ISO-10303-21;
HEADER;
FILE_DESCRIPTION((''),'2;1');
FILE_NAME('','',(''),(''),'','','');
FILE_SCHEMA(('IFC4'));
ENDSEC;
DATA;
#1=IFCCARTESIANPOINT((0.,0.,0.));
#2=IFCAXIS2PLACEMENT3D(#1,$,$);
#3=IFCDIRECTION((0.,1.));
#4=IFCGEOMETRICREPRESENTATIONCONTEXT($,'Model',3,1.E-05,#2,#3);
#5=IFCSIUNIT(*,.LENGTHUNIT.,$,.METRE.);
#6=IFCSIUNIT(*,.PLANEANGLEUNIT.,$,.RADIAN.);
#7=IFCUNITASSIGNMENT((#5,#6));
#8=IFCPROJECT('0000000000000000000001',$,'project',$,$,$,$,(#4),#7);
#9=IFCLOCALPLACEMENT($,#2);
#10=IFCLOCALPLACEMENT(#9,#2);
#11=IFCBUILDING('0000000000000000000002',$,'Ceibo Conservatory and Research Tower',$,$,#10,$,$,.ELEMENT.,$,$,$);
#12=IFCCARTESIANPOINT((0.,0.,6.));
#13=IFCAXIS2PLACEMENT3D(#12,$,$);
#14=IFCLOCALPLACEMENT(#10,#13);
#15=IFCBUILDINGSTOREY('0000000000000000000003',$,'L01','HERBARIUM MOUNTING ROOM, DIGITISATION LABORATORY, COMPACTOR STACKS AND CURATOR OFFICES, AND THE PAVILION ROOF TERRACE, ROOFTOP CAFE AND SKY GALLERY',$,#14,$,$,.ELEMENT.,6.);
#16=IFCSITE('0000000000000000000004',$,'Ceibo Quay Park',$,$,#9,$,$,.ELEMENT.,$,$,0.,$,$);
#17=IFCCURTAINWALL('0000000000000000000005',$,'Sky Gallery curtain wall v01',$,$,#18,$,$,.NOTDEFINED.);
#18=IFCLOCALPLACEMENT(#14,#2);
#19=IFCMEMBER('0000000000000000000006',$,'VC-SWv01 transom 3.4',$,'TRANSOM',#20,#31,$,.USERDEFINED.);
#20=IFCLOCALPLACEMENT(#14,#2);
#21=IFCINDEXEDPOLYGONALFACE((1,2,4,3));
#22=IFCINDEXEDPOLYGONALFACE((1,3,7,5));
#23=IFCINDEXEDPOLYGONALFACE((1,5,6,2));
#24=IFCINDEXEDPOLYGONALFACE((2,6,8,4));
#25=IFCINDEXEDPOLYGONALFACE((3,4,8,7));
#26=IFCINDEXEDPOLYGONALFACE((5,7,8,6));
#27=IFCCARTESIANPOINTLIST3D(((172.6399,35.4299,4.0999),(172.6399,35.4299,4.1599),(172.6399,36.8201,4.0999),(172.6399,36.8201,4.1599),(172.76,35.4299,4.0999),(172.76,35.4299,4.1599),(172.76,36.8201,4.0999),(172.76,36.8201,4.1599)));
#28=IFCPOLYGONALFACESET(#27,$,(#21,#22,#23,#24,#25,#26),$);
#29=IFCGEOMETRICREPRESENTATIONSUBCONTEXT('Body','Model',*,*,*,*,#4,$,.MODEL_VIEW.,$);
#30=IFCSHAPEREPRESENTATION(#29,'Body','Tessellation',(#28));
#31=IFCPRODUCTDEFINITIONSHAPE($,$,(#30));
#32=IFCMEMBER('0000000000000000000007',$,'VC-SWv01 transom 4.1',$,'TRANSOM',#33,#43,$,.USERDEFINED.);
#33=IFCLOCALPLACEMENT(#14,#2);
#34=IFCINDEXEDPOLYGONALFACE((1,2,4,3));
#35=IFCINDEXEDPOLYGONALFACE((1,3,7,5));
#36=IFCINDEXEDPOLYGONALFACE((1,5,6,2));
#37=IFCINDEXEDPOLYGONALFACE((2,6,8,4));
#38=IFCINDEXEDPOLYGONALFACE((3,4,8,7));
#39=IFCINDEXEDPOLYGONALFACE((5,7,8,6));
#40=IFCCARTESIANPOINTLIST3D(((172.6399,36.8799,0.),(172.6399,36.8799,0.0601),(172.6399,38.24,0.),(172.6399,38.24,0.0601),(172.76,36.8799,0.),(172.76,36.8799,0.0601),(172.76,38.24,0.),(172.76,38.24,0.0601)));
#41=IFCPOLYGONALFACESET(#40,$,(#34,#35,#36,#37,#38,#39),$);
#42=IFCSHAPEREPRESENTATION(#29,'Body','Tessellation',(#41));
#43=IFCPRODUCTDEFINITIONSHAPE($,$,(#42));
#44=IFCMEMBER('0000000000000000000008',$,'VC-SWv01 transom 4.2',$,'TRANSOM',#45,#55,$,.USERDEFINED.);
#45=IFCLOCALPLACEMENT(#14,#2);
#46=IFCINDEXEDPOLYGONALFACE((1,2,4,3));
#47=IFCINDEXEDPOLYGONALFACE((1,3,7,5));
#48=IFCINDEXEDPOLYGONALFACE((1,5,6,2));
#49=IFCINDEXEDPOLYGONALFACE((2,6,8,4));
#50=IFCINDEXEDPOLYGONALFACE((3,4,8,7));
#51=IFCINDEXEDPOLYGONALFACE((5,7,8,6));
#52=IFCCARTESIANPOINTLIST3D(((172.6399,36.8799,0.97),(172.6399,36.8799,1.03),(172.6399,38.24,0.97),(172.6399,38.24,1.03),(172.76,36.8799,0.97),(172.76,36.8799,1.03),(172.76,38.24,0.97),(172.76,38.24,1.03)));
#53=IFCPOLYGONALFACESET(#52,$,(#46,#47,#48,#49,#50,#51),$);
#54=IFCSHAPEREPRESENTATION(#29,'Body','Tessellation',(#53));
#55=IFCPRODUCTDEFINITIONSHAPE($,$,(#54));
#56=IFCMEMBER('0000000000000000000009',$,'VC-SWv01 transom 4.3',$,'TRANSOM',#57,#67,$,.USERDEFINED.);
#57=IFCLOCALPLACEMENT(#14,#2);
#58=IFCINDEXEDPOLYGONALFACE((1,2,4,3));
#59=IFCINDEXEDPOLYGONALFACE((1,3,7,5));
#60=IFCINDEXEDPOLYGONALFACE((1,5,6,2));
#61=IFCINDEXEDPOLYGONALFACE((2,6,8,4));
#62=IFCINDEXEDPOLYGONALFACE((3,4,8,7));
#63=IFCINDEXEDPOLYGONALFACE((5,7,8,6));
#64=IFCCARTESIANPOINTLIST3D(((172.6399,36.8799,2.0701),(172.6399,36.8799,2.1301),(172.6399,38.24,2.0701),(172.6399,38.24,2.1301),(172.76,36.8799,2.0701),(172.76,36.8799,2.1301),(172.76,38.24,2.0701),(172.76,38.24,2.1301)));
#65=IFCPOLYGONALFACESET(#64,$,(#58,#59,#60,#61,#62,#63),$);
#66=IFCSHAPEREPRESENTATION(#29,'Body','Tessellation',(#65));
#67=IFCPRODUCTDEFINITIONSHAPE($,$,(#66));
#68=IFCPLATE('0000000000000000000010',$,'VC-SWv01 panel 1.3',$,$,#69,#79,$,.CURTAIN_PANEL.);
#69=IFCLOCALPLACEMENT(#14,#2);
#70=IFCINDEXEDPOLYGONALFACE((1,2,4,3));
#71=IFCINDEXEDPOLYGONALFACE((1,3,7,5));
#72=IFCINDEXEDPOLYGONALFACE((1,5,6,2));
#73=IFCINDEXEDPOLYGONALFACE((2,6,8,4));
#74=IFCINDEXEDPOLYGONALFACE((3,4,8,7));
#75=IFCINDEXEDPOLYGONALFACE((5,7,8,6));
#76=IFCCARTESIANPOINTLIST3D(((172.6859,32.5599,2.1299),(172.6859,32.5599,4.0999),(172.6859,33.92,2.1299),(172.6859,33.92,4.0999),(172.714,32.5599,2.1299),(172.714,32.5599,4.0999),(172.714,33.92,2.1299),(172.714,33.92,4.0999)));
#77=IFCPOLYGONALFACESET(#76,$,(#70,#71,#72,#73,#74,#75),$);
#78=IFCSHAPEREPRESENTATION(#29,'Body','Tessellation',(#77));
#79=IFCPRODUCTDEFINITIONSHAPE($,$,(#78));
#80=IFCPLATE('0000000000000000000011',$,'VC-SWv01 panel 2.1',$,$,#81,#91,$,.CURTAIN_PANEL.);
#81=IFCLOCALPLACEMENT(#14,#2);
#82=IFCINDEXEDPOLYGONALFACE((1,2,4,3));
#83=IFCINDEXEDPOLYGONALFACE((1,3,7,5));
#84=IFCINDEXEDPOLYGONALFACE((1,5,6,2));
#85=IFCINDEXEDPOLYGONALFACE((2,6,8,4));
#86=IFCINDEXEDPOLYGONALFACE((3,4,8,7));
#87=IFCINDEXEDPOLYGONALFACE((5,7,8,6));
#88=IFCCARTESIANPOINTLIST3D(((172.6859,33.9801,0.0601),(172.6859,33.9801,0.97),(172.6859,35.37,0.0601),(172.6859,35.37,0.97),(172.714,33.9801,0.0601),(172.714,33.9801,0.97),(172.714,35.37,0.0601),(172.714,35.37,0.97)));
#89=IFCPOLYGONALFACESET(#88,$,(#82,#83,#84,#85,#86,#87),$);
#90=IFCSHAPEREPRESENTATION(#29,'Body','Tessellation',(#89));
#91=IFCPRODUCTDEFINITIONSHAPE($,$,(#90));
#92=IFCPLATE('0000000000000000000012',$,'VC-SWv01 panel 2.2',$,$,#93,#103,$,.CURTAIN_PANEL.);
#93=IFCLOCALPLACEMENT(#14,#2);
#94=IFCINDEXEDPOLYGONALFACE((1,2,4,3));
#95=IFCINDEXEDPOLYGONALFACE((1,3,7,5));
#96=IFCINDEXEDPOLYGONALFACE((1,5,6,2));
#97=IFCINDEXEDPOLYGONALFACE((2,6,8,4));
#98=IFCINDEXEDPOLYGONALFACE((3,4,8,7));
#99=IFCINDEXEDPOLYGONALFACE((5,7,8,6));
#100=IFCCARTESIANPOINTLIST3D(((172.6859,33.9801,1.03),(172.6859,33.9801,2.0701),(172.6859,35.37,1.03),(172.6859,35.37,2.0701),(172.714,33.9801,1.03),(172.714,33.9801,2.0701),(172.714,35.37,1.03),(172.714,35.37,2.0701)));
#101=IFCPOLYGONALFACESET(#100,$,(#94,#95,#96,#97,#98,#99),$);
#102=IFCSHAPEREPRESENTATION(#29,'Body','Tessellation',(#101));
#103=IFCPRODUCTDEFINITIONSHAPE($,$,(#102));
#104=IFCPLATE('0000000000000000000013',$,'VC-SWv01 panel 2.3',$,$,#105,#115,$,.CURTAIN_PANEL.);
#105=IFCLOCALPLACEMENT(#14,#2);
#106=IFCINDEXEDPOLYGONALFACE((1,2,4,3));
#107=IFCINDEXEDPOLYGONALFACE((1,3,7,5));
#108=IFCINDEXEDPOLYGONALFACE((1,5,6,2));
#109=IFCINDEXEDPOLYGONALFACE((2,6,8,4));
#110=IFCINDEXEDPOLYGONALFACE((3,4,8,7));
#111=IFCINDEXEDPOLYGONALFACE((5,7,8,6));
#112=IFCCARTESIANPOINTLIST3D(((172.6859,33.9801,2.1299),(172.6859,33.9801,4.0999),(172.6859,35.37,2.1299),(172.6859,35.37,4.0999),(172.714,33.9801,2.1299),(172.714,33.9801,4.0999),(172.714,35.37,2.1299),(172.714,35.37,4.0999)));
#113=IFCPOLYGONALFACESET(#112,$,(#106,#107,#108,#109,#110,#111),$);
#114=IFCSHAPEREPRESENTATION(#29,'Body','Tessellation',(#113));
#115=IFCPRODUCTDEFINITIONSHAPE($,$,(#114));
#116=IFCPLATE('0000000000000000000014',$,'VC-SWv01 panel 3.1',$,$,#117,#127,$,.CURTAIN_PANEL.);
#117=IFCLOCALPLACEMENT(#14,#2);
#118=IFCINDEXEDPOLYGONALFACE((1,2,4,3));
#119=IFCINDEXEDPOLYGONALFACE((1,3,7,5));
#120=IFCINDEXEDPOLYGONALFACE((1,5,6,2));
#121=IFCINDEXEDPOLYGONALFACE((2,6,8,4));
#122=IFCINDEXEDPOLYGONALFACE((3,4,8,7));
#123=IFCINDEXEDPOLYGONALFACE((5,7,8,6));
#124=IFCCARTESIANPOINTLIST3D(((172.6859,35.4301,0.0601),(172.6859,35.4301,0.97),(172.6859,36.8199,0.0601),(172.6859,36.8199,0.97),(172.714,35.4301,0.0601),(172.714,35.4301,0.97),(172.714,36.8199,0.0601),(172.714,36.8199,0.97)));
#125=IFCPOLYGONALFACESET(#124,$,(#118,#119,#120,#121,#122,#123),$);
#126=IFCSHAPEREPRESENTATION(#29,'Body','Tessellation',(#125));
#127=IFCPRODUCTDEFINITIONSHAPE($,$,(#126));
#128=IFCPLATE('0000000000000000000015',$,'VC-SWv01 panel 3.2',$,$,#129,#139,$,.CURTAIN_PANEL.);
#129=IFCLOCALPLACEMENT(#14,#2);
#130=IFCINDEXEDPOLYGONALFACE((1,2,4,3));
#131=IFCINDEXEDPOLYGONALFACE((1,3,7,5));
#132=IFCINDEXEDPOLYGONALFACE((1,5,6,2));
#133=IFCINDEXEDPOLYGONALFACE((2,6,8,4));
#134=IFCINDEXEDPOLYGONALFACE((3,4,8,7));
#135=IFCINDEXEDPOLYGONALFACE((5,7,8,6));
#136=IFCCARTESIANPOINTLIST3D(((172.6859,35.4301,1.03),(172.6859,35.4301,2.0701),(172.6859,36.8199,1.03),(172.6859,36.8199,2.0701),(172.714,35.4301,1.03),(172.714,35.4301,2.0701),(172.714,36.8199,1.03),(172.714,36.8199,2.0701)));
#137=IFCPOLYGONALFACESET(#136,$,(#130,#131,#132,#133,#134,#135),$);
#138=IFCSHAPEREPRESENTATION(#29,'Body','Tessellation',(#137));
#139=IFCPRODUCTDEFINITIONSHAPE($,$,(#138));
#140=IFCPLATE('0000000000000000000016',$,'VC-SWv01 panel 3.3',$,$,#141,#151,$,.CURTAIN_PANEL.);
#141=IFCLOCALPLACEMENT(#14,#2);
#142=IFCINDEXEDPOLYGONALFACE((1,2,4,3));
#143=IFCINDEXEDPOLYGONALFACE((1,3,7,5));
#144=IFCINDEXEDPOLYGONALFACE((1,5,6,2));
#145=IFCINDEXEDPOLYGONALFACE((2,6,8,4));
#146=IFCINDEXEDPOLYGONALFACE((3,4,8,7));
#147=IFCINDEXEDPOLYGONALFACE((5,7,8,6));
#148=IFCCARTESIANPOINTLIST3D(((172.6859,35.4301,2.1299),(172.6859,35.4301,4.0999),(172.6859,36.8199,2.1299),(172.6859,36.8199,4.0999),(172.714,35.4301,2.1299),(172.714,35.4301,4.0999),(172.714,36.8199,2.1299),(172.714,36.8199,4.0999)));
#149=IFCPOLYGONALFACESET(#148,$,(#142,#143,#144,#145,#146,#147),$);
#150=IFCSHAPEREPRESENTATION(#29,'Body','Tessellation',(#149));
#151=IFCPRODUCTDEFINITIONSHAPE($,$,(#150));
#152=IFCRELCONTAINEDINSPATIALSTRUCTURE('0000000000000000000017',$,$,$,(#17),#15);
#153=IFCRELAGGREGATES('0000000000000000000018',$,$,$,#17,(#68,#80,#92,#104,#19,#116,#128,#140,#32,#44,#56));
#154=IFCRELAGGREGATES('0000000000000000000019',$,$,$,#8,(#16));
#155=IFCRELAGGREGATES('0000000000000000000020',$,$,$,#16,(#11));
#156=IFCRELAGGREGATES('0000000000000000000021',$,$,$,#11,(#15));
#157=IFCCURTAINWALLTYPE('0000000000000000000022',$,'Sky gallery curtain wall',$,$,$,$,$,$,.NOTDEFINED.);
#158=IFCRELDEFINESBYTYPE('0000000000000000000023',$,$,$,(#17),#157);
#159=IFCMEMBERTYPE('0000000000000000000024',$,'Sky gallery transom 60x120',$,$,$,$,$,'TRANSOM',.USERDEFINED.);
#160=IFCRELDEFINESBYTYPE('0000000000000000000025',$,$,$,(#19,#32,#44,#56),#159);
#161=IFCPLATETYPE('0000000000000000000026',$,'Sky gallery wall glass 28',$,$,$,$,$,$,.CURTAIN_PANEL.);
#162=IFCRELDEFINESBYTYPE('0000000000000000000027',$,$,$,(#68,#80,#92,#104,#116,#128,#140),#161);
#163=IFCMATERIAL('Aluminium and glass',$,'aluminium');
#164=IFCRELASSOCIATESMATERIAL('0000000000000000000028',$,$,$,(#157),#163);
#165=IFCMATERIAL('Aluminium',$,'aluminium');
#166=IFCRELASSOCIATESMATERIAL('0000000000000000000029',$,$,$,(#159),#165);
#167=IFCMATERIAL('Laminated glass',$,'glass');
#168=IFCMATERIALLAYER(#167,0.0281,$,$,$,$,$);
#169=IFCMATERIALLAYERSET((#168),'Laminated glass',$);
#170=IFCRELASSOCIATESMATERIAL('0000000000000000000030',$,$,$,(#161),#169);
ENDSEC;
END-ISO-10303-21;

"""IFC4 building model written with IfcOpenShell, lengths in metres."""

from ifc_helpers import new_model, si_unit, direction, frame, origin, origin_2d, place, context, subcontext, project, spatial, rectangle, extrude, material, layer, layer_set, material_profile, profile_set, type_object, element, aggregate, save


model = new_model("IFC4")

# Units and contexts
model_context = context("Model", 3, precision=1e-05, world=origin(), true_north=direction((0.0, 1.0)))
body_context = subcontext(model_context, "Body", "Model", "MODEL_VIEW")
ifc_project = project(units=[si_unit("LENGTHUNIT", "METRE"), si_unit("PLANEANGLEUNIT", "RADIAN")], contexts=[model_context])

# Site, building, storey
site_placement = place(None, origin())
site = spatial("IfcSite", under=ifc_project, at=site_placement, Name="Ceibo Quay Park", CompositionType="ELEMENT", RefElevation=0.0)
building_placement = place(site_placement, origin())
building = spatial("IfcBuilding", under=site, at=building_placement, Name="Ceibo Conservatory and Research Tower", CompositionType="ELEMENT")
storey_placement = place(building_placement, frame((0.0, 0.0, 6.0)))
storey = spatial("IfcBuildingStorey", under=building, at=storey_placement, Name="L01", Description="HERBARIUM MOUNTING ROOM, DIGITISATION LABORATORY, COMPACTOR STACKS AND CURATOR OFFICES, AND THE PAVILION ROOF TERRACE, ROOFTOP CAFE AND SKY GALLERY", CompositionType="ELEMENT", Elevation=6.0)

# Curtain wall, members, plates
ifc_material_1 = material(Name="Aluminium and glass", Category="aluminium")
curtain_wall_type = type_object("IfcCurtainWallType", Name="Sky gallery curtain wall", PredefinedType="NOTDEFINED", material=ifc_material_1)
curtain_wall_placement = place(storey_placement, origin())
curtain_wall = element("IfcCurtainWall", 1, at=curtain_wall_placement, inside=storey, type_object=curtain_wall_type, Name="Sky Gallery curtain wall v01", PredefinedType="NOTDEFINED")
ifc_material_2 = material(Name="Aluminium", Category="aluminium")
ifc_material_profile_1 = material_profile(ifc_material_2, rectangle(XDim=0.1201, YDim=0.0601, at=origin_2d()), Name="AL 60x120")
ifc_profile_set_1 = profile_set([ifc_material_profile_1], Name="Aluminium")
member_type_1 = type_object("IfcMemberType", Name="Sky gallery transom 60x120", ElementType="TRANSOM", PredefinedType="USERDEFINED", material=ifc_profile_set_1)
member_1_placement = place(storey_placement, frame((172.7, 35.4299, 4.1299), z_axis=(0.0, 1.0, 0.0), x_axis=(-1.0, 0.0, 0.0)))
member_1 = element("IfcMember", 2, at=member_1_placement, type_object=member_type_1, Name="VC-SWv01 transom 3.4", ObjectType="TRANSOM", PredefinedType="USERDEFINED", context=body_context, shape_type="SweptSolid", body=[
    extrude(rectangle(XDim=0.1201, YDim=0.0601, at=origin_2d()), origin(), (0.0, 0.0, 1.0), 1.3901),
])
member_2_placement = place(storey_placement, frame((172.7, 36.8799, 0.03), z_axis=(0.0, 1.0, 0.0), x_axis=(-1.0, 0.0, 0.0)))
member_2 = element("IfcMember", 3, at=member_2_placement, type_object=member_type_1, Name="VC-SWv01 transom 4.1", ObjectType="TRANSOM", PredefinedType="USERDEFINED", context=body_context, shape_type="SweptSolid", body=[
    extrude(rectangle(XDim=0.1201, YDim=0.0601, at=origin_2d()), origin(), (0.0, 0.0, 1.0), 1.3601),
])
member_3_placement = place(storey_placement, frame((172.7, 36.8799, 1.0), z_axis=(0.0, 1.0, 0.0), x_axis=(-1.0, 0.0, 0.0)))
member_3 = element("IfcMember", 4, at=member_3_placement, type_object=member_type_1, Name="VC-SWv01 transom 4.2", ObjectType="TRANSOM", PredefinedType="USERDEFINED", context=body_context, shape_type="SweptSolid", body=[
    extrude(rectangle(XDim=0.1201, YDim=0.0601, at=origin_2d()), origin(), (0.0, 0.0, 1.0), 1.3601),
])
member_4_placement = place(storey_placement, frame((172.7, 36.8799, 2.1001), z_axis=(0.0, 1.0, 0.0), x_axis=(-1.0, 0.0, 0.0)))
member_4 = element("IfcMember", 5, at=member_4_placement, type_object=member_type_1, Name="VC-SWv01 transom 4.3", ObjectType="TRANSOM", PredefinedType="USERDEFINED", context=body_context, shape_type="SweptSolid", body=[
    extrude(rectangle(XDim=0.1201, YDim=0.0601, at=origin_2d()), origin(), (0.0, 0.0, 1.0), 1.3601),
])
ifc_material_3 = material(Name="Laminated glass", Category="glass")
ifc_layer = layer(ifc_material_3, 0.0281)
ifc_layer_set = layer_set([ifc_layer], Name="Laminated glass")
plate_type = type_object("IfcPlateType", Name="Sky gallery wall glass 28", PredefinedType="CURTAIN_PANEL", material=ifc_layer_set)
plate_1_placement = place(storey_placement, frame((172.7, 33.24, 2.1299), z_axis=(0.0, 0.0, 1.0), x_axis=(0.0, 1.0, 0.0)))
plate_1 = element("IfcPlate", 6, at=plate_1_placement, type_object=plate_type, Name="VC-SWv01 panel 1.3", PredefinedType="CURTAIN_PANEL", context=body_context, shape_type="SweptSolid", body=[
    extrude(rectangle(XDim=1.3601, YDim=0.0281, at=origin_2d()), origin(), (0.0, 0.0, 1.0), 1.97),
])
plate_2_placement = place(storey_placement, frame((172.7, 34.675, 0.0601), z_axis=(0.0, 0.0, 1.0), x_axis=(0.0, 1.0, 0.0)))
plate_2 = element("IfcPlate", 7, at=plate_2_placement, type_object=plate_type, Name="VC-SWv01 panel 2.1", PredefinedType="CURTAIN_PANEL", context=body_context, shape_type="SweptSolid", body=[
    extrude(rectangle(XDim=1.3899, YDim=0.0281, at=origin_2d()), origin(), (0.0, 0.0, 1.0), 0.9099),
])
plate_3_placement = place(storey_placement, frame((172.7, 34.675, 1.03), z_axis=(0.0, 0.0, 1.0), x_axis=(0.0, 1.0, 0.0)))
plate_3 = element("IfcPlate", 8, at=plate_3_placement, type_object=plate_type, Name="VC-SWv01 panel 2.2", PredefinedType="CURTAIN_PANEL", context=body_context, shape_type="SweptSolid", body=[
    extrude(rectangle(XDim=1.3899, YDim=0.0281, at=origin_2d()), origin(), (0.0, 0.0, 1.0), 1.04),
])
plate_4_placement = place(storey_placement, frame((172.7, 34.675, 2.1299), z_axis=(0.0, 0.0, 1.0), x_axis=(0.0, 1.0, 0.0)))
plate_4 = element("IfcPlate", 9, at=plate_4_placement, type_object=plate_type, Name="VC-SWv01 panel 2.3", PredefinedType="CURTAIN_PANEL", context=body_context, shape_type="SweptSolid", body=[
    extrude(rectangle(XDim=1.3899, YDim=0.0281, at=origin_2d()), origin(), (0.0, 0.0, 1.0), 1.97),
])
plate_5_placement = place(storey_placement, frame((172.7, 36.125, 0.0601), z_axis=(0.0, 0.0, 1.0), x_axis=(0.0, 1.0, 0.0)))
plate_5 = element("IfcPlate", 10, at=plate_5_placement, type_object=plate_type, Name="VC-SWv01 panel 3.1", PredefinedType="CURTAIN_PANEL", context=body_context, shape_type="SweptSolid", body=[
    extrude(rectangle(XDim=1.3899, YDim=0.0281, at=origin_2d()), origin(), (0.0, 0.0, 1.0), 0.9099),
])
plate_6_placement = place(storey_placement, frame((172.7, 36.125, 1.03), z_axis=(0.0, 0.0, 1.0), x_axis=(0.0, 1.0, 0.0)))
plate_6 = element("IfcPlate", 11, at=plate_6_placement, type_object=plate_type, Name="VC-SWv01 panel 3.2", PredefinedType="CURTAIN_PANEL", context=body_context, shape_type="SweptSolid", body=[
    extrude(rectangle(XDim=1.3899, YDim=0.0281, at=origin_2d()), origin(), (0.0, 0.0, 1.0), 1.04),
])
plate_7_placement = place(storey_placement, frame((172.7, 36.125, 2.1299), z_axis=(0.0, 0.0, 1.0), x_axis=(0.0, 1.0, 0.0)))
plate_7 = element("IfcPlate", 12, at=plate_7_placement, type_object=plate_type, Name="VC-SWv01 panel 3.3", PredefinedType="CURTAIN_PANEL", context=body_context, shape_type="SweptSolid", body=[
    extrude(rectangle(XDim=1.3899, YDim=0.0281, at=origin_2d()), origin(), (0.0, 0.0, 1.0), 1.97),
])
aggregate(curtain_wall, [plate_1, plate_2, plate_3, plate_4, member_1, plate_5, plate_6, plate_7, member_2, member_3, member_4])

save(model, "model.ifc")
